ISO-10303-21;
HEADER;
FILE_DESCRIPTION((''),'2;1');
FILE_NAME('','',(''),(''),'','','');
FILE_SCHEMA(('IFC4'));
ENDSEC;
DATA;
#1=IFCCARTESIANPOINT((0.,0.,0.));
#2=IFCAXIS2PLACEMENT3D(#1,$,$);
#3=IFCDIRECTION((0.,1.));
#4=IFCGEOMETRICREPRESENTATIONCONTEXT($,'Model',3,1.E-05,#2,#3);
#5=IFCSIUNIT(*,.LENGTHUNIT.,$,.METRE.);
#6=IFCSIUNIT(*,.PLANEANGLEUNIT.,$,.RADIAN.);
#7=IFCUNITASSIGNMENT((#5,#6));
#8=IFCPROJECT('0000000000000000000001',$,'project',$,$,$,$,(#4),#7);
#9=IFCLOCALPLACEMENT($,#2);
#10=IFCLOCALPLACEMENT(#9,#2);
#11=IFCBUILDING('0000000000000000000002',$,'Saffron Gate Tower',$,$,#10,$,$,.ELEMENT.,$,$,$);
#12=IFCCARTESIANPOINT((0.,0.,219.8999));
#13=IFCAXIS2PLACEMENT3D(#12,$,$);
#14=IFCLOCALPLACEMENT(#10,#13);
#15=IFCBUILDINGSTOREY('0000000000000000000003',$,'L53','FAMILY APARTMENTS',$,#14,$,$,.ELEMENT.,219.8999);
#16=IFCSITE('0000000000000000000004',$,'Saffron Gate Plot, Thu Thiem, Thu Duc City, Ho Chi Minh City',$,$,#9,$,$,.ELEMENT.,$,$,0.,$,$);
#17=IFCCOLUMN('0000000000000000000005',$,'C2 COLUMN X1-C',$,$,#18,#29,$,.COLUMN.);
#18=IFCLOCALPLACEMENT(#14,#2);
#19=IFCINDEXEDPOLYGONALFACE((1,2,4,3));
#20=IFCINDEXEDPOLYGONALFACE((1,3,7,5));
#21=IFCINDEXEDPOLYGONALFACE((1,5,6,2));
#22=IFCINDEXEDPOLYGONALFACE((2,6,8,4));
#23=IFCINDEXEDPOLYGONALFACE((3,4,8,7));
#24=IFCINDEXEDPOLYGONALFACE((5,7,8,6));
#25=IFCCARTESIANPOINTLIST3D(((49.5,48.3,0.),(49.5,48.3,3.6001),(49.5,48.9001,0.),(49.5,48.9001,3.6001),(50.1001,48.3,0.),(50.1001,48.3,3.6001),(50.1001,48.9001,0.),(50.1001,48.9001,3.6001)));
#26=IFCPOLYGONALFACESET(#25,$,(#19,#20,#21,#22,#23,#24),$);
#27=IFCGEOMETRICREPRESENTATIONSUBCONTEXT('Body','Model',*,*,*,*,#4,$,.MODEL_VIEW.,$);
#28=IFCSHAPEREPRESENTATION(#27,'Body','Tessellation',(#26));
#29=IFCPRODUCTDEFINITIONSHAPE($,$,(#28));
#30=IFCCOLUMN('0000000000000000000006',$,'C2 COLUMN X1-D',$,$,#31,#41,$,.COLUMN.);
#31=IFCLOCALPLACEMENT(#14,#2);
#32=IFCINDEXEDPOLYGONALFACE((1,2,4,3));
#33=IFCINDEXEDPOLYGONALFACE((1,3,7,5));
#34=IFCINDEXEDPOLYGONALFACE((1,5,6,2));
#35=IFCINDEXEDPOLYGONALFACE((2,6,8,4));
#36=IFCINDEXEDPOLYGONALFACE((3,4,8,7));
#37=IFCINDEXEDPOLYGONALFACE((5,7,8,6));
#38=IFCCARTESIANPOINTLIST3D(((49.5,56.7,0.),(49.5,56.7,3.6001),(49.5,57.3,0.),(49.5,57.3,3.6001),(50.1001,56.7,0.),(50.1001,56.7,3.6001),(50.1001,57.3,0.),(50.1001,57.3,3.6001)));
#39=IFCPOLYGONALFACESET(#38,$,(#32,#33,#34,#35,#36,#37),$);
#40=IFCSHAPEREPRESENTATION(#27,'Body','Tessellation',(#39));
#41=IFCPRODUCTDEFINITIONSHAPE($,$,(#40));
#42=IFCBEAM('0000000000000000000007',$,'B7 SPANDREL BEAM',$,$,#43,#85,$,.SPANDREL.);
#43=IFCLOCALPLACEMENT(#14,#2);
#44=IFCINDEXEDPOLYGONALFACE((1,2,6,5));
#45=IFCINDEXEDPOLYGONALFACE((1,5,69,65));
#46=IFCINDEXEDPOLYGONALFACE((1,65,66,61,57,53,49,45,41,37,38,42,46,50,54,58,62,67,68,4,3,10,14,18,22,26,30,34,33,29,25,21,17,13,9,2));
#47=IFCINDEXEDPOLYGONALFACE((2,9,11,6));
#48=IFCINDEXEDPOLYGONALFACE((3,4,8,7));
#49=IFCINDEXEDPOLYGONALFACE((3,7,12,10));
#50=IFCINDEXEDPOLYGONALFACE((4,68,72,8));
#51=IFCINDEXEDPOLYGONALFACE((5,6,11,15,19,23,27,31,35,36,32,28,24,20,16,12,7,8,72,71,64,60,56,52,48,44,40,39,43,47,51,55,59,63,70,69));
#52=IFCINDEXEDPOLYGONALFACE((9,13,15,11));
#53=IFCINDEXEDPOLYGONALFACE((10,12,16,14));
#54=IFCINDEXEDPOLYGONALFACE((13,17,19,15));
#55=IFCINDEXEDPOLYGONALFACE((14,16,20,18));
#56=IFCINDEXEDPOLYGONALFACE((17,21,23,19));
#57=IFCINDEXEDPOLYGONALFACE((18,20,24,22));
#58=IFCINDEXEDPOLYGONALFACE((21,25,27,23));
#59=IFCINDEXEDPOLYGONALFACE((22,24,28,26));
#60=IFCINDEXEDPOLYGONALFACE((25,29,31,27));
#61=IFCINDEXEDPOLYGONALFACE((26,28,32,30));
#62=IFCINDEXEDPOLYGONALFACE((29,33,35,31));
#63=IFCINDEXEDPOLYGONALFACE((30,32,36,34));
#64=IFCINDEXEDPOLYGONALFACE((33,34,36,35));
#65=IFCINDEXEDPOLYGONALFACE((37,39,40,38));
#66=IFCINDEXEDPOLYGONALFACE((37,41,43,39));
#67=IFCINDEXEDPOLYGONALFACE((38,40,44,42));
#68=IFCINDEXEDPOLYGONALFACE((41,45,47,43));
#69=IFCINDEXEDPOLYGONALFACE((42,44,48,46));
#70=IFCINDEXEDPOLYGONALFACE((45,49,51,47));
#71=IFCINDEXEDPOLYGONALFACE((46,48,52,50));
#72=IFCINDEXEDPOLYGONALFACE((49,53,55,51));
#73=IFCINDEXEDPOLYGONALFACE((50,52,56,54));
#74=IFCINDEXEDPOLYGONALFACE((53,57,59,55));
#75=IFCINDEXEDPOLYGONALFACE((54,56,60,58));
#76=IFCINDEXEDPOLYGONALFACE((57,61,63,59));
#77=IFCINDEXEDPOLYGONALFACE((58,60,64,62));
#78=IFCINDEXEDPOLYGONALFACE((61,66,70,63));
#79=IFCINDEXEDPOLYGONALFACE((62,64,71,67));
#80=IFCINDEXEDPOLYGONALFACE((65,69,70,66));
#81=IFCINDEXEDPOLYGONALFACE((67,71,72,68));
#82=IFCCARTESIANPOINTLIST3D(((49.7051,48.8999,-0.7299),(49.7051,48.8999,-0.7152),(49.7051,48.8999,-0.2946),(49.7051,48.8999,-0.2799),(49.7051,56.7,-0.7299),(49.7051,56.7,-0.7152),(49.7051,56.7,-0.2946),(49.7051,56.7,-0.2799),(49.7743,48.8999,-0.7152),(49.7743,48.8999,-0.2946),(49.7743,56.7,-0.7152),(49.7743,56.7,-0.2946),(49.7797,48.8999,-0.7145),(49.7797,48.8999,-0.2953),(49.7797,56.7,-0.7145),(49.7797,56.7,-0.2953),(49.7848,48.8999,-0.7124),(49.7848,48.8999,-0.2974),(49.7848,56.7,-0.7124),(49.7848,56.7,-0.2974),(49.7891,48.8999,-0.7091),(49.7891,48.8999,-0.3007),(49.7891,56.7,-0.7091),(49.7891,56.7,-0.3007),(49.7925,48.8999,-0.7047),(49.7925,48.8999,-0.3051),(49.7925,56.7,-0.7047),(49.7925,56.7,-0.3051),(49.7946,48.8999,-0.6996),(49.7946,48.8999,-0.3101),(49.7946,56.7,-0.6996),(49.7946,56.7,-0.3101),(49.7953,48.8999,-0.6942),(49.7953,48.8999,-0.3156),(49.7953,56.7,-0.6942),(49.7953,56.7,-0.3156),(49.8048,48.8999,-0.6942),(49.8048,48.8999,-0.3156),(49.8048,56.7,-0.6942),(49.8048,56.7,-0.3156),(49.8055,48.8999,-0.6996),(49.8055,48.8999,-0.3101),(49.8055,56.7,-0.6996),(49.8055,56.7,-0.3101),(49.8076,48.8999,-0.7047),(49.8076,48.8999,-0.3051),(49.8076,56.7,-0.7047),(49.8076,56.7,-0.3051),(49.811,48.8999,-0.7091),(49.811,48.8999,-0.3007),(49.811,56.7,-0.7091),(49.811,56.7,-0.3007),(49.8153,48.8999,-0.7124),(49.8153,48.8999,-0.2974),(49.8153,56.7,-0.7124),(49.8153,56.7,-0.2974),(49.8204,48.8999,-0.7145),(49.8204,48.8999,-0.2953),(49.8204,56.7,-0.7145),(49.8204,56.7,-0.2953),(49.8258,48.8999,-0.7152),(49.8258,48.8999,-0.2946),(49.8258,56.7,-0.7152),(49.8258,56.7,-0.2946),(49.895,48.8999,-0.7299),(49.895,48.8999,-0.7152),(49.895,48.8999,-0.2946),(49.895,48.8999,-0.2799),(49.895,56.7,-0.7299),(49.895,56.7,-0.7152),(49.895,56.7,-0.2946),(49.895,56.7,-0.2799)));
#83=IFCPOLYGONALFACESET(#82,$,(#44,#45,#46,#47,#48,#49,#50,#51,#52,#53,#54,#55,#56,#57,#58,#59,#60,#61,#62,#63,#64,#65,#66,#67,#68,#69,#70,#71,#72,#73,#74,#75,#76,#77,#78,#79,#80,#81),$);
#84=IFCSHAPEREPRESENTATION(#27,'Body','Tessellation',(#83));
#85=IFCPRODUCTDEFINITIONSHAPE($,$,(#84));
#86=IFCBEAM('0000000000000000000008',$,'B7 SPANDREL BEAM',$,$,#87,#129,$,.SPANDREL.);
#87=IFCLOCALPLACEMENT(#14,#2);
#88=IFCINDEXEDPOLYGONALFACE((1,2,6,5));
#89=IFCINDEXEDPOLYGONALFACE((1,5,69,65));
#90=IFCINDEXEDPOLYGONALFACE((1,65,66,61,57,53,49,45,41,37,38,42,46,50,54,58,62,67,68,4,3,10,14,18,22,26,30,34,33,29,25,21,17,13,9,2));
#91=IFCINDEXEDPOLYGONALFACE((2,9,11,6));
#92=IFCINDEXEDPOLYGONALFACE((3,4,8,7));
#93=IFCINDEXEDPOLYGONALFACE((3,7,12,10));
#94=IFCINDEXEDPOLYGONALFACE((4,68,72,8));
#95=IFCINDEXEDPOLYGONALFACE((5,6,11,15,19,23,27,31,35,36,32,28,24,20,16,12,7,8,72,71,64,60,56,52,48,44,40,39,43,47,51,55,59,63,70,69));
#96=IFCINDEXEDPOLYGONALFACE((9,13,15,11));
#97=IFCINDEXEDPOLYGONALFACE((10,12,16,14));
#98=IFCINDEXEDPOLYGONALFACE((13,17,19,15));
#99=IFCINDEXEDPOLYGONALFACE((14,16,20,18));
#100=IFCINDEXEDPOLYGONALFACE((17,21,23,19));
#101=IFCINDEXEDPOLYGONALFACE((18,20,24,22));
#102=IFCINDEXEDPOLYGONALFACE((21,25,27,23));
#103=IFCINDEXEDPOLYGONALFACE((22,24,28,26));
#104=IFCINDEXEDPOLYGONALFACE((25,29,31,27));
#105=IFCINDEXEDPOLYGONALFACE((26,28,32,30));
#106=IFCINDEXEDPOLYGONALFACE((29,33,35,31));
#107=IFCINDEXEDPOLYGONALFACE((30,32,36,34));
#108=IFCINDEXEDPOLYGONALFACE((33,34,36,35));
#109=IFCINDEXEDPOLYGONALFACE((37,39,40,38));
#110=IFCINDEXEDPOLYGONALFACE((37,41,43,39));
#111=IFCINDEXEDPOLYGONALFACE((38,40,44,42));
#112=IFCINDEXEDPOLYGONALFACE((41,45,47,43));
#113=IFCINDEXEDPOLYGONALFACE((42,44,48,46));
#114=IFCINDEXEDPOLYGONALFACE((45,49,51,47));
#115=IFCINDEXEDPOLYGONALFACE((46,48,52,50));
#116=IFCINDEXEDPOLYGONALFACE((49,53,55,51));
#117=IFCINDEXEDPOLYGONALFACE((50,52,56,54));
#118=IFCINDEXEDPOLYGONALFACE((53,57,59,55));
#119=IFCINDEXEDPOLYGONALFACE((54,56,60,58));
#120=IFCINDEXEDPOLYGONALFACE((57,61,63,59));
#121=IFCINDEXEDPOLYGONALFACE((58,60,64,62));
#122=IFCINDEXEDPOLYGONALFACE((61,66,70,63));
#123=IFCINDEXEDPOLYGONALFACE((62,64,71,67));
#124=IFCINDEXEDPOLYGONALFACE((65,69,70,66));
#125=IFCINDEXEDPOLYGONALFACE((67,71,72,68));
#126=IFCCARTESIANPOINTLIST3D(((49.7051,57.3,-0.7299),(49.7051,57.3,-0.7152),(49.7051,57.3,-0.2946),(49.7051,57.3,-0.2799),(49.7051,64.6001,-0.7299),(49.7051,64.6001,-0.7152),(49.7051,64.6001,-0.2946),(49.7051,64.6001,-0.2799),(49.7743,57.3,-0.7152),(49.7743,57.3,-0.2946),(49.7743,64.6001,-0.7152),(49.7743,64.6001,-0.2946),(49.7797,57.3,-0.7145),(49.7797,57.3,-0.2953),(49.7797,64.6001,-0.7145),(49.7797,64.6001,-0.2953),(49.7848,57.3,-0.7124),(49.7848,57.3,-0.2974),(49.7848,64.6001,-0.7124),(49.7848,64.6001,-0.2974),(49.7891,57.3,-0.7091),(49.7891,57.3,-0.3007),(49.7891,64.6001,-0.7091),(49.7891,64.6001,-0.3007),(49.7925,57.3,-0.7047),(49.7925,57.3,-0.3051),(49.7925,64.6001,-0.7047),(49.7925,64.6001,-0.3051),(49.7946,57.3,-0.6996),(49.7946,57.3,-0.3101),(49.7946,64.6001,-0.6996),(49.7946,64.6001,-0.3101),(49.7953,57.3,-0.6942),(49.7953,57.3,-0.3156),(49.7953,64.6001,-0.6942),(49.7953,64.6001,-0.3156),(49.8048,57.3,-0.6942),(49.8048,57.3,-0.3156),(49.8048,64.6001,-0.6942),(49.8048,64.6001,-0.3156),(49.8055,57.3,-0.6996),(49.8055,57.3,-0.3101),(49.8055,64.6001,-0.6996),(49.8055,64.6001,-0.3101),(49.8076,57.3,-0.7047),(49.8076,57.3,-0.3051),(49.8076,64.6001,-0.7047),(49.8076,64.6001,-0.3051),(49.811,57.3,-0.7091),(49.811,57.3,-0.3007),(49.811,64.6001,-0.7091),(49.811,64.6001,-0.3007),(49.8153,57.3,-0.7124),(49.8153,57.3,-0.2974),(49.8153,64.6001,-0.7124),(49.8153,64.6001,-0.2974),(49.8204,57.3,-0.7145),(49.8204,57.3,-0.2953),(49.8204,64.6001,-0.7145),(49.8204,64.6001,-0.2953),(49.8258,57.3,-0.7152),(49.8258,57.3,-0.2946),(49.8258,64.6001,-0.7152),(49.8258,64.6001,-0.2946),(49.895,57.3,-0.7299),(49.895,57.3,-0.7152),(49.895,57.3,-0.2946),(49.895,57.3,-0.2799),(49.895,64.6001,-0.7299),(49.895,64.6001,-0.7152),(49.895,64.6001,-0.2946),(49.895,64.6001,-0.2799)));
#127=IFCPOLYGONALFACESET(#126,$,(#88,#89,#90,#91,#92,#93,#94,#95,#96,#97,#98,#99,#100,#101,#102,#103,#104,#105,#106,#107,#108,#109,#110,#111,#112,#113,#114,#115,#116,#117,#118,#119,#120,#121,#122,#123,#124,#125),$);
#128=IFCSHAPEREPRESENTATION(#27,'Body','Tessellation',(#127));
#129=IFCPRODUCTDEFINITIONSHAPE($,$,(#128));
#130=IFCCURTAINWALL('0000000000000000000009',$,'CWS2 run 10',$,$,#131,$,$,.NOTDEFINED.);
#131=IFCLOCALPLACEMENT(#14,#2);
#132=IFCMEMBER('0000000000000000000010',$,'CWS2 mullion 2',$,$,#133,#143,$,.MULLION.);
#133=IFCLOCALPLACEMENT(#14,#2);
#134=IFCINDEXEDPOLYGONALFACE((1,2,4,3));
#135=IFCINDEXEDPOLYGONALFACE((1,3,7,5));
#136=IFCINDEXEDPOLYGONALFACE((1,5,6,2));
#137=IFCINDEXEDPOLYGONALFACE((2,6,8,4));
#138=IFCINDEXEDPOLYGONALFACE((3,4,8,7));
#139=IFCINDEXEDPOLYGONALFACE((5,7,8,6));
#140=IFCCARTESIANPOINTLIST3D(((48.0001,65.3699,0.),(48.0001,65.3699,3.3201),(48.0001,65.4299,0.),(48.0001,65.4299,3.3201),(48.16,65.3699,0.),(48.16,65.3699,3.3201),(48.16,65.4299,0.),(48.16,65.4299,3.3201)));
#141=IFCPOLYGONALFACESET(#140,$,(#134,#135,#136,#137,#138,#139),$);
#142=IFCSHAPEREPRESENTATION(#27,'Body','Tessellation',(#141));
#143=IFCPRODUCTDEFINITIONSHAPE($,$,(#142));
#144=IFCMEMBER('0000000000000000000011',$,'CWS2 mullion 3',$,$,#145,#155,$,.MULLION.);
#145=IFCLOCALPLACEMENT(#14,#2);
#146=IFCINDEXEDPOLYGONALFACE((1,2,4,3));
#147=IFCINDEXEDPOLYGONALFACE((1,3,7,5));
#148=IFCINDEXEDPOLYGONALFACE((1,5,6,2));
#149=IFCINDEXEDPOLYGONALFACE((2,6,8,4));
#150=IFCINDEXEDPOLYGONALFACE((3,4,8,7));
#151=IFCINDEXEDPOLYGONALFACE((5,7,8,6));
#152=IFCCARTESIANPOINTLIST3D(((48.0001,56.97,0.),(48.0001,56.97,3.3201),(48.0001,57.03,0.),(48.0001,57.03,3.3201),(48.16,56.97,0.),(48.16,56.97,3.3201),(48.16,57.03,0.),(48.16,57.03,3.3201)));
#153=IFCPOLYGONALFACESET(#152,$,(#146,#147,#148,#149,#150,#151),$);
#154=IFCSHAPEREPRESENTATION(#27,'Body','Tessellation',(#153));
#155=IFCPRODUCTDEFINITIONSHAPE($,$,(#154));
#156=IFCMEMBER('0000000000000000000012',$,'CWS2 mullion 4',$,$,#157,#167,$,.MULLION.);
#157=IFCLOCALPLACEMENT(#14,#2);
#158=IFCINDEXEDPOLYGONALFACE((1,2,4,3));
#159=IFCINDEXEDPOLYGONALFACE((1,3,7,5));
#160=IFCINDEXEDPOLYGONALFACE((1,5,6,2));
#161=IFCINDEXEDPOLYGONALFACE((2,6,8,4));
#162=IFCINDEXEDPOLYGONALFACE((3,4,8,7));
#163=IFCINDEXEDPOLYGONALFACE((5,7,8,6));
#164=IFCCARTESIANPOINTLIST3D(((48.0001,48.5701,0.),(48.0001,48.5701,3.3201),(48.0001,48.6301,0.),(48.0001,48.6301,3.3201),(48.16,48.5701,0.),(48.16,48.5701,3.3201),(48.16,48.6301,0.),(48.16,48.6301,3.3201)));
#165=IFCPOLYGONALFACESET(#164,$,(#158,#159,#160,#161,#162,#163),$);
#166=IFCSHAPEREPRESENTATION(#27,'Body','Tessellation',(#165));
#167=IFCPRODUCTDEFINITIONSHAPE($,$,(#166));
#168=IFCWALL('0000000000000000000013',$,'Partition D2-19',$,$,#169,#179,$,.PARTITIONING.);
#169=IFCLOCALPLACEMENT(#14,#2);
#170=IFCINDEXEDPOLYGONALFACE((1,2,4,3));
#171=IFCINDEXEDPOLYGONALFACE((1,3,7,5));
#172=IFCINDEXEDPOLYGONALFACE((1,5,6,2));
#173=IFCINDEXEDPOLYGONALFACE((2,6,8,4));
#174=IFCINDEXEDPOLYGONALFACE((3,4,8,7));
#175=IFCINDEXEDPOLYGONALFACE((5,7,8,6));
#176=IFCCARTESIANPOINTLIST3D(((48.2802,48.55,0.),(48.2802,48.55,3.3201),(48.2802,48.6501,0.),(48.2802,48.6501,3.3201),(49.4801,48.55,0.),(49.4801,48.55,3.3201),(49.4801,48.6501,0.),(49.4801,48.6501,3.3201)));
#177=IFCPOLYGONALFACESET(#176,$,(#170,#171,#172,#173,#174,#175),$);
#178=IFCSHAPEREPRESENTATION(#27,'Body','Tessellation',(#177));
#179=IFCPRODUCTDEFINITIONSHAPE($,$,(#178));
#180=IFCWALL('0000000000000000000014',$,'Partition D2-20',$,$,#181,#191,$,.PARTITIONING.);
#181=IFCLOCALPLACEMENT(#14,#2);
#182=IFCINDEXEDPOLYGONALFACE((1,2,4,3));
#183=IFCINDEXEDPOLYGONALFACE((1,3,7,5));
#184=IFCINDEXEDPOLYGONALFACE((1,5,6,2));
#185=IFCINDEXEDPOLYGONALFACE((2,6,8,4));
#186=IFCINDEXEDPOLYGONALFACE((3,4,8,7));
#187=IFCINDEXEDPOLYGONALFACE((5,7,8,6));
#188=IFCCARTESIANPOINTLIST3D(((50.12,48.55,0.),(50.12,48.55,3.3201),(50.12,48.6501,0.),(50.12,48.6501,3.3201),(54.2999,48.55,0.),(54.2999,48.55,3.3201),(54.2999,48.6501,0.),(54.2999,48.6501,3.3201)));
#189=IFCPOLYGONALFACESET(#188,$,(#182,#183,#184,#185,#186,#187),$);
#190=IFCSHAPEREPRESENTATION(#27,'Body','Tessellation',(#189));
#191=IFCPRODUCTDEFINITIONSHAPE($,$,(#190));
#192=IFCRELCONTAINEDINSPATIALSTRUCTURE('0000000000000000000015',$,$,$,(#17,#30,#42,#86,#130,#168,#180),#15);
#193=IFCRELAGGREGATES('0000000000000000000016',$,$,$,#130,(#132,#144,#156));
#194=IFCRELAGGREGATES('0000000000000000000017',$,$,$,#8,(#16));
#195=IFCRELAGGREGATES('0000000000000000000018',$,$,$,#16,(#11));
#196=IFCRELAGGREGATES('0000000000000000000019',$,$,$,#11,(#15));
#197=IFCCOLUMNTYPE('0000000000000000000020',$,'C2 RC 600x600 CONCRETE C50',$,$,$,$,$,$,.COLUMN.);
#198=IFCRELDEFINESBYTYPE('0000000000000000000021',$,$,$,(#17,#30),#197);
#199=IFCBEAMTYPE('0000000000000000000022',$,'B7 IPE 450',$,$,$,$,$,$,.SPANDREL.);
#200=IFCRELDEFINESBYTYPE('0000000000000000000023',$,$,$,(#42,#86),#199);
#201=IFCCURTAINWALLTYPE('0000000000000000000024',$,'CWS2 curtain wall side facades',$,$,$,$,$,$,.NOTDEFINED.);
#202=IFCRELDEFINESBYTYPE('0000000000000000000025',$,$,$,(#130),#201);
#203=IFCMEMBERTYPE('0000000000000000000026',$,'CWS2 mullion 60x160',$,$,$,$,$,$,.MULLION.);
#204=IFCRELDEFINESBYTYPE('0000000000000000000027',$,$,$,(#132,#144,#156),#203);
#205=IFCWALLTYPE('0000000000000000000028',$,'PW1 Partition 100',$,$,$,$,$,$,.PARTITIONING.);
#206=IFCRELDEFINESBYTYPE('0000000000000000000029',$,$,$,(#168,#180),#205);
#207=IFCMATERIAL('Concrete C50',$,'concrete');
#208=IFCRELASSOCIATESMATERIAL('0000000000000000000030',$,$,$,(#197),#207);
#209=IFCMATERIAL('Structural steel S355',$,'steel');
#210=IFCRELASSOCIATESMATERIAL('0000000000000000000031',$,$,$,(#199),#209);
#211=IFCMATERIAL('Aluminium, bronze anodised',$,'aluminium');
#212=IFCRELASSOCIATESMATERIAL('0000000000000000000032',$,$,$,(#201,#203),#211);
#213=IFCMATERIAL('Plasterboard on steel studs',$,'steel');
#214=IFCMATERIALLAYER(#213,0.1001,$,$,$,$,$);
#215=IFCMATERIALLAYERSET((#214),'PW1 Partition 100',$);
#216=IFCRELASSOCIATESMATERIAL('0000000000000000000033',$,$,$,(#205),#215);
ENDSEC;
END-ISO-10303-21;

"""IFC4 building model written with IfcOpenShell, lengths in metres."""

from ifc_helpers import new_model, si_unit, direction, frame, frame_2d, origin, origin_2d, place, context, subcontext, project, spatial, rectangle, i_section, extrude, material, layer, layer_set, material_profile, profile_set, type_object, element, aggregate, save


model = new_model("IFC4")

# Units and contexts
model_context = context("Model", 3, precision=1e-05, world=origin(), true_north=direction((0.0, 1.0)))
body_context = subcontext(model_context, "Body", "Model", "MODEL_VIEW")
ifc_project = project(units=[si_unit("LENGTHUNIT", "METRE"), si_unit("PLANEANGLEUNIT", "RADIAN")], contexts=[model_context])

# Site, building, storey
site_placement = place(None, origin())
site = spatial("IfcSite", under=ifc_project, at=site_placement, Name="Saffron Gate Plot, Thu Thiem, Thu Duc City, Ho Chi Minh City", CompositionType="ELEMENT", RefElevation=0.0)
building_placement = place(site_placement, origin())
building = spatial("IfcBuilding", under=site, at=building_placement, Name="Saffron Gate Tower", CompositionType="ELEMENT")
storey_placement = place(building_placement, frame((0.0, 0.0, 219.8999)))
storey = spatial("IfcBuildingStorey", under=building, at=storey_placement, Name="L53", Description="FAMILY APARTMENTS", CompositionType="ELEMENT", Elevation=219.8999)

# Columns
ifc_material_1 = material(Name="Concrete C50", Category="concrete")
ifc_material_profile_1 = material_profile(ifc_material_1, rectangle(XDim=0.6001, YDim=0.6001, at=origin_2d()))
ifc_profile_set_1 = profile_set([ifc_material_profile_1], Name="Concrete C50")
column_type = type_object("IfcColumnType", Name="C2 RC 600x600 CONCRETE C50", PredefinedType="COLUMN", material=ifc_profile_set_1)
for number, where, z_axis, x_axis, name in (
    (1, (49.8, 48.6001, 0.0), (0.0, 0.0, 1.0), (1.0, 0.0, 0.0), "C2 COLUMN X1-C"),
    (2, (49.8, 57.0, 0.0), (0.0, 0.0, 1.0), (1.0, 0.0, 0.0), "C2 COLUMN X1-D"),
):
    element("IfcColumn", number, at=place(storey_placement, frame(where, z_axis=z_axis, x_axis=x_axis)), inside=storey, type_object=column_type, Name=name, PredefinedType="COLUMN", context=body_context, shape_type="SweptSolid", body=[
        extrude(rectangle(XDim=0.6001, YDim=0.6001, at=origin_2d()), origin(), (0.0, 0.0, 1.0), 3.6001),
    ])

# Beams
ifc_material_2 = material(Name="Structural steel S355", Category="steel")
ifc_material_profile_2 = material_profile(ifc_material_2, i_section(OverallWidth=0.1899, OverallDepth=0.45, WebThickness=0.0095, FlangeThickness=0.0146, FilletRadius=0.021, at=origin_2d()))
ifc_profile_set_2 = profile_set([ifc_material_profile_2], Name="Structural steel S355")
beam_type = type_object("IfcBeamType", Name="B7 IPE 450", PredefinedType="SPANDREL", material=ifc_profile_set_2)
beam_1_placement = place(storey_placement, frame((49.8, 48.8999, -0.5049), z_axis=(0.0, 1.0, 0.0), x_axis=(-1.0, 0.0, 0.0)))
element("IfcBeam", 3, at=beam_1_placement, inside=storey, type_object=beam_type, Name="B7 SPANDREL BEAM", PredefinedType="SPANDREL", context=body_context, shape_type="SweptSolid", body=[
    extrude(i_section(OverallWidth=0.1899, OverallDepth=0.45, WebThickness=0.0095, FlangeThickness=0.0146, FilletRadius=0.021, at=origin_2d()), origin(), (0.0, 0.0, 1.0), 7.8),
])
beam_2_placement = place(storey_placement, frame((49.8, 57.3, -0.5049), z_axis=(0.0, 1.0, 0.0), x_axis=(-1.0, 0.0, 0.0)))
element("IfcBeam", 4, at=beam_2_placement, inside=storey, type_object=beam_type, Name="B7 SPANDREL BEAM", PredefinedType="SPANDREL", context=body_context, shape_type="SweptSolid", body=[
    extrude(i_section(OverallWidth=0.1899, OverallDepth=0.45, WebThickness=0.0095, FlangeThickness=0.0146, FilletRadius=0.021, at=origin_2d()), origin(), (0.0, 0.0, 1.0), 7.3),
])

# Curtain wall, members
ifc_material_3 = material(Name="Aluminium, bronze anodised", Category="aluminium")
curtain_wall_type = type_object("IfcCurtainWallType", Name="CWS2 curtain wall side facades", PredefinedType="NOTDEFINED", material=ifc_material_3)
curtain_wall_placement = place(storey_placement, origin())
curtain_wall = element("IfcCurtainWall", 5, at=curtain_wall_placement, inside=storey, type_object=curtain_wall_type, Name="CWS2 run 10", PredefinedType="NOTDEFINED")
ifc_material_profile_3 = material_profile(ifc_material_3, rectangle(XDim=0.1599, YDim=0.0601, at=origin_2d()))
ifc_profile_set_3 = profile_set([ifc_material_profile_3], Name="Aluminium, bronze anodised")
member_type = type_object("IfcMemberType", Name="CWS2 mullion 60x160", PredefinedType="MULLION", material=ifc_profile_set_3)
member_1_placement = place(storey_placement, frame((48.0801, 65.3999, 0.0), z_axis=(0.0, 0.0, 1.0), x_axis=(1.0, 0.0, 0.0)))
member_1 = element("IfcMember", 6, at=member_1_placement, type_object=member_type, Name="CWS2 mullion 2", PredefinedType="MULLION", context=body_context, shape_type="SweptSolid", body=[
    extrude(rectangle(XDim=0.1599, YDim=0.0601, at=origin_2d()), origin(), (0.0, 0.0, 1.0), 3.3201),
])
member_2_placement = place(storey_placement, frame((48.0801, 57.0, 0.0), z_axis=(0.0, 0.0, 1.0), x_axis=(1.0, 0.0, 0.0)))
member_2 = element("IfcMember", 7, at=member_2_placement, type_object=member_type, Name="CWS2 mullion 3", PredefinedType="MULLION", context=body_context, shape_type="SweptSolid", body=[
    extrude(rectangle(XDim=0.1599, YDim=0.0601, at=origin_2d()), origin(), (0.0, 0.0, 1.0), 3.3201),
])
member_3_placement = place(storey_placement, frame((48.0801, 48.6001, 0.0), z_axis=(0.0, 0.0, 1.0), x_axis=(1.0, 0.0, 0.0)))
member_3 = element("IfcMember", 8, at=member_3_placement, type_object=member_type, Name="CWS2 mullion 4", PredefinedType="MULLION", context=body_context, shape_type="SweptSolid", body=[
    extrude(rectangle(XDim=0.1599, YDim=0.0601, at=origin_2d()), origin(), (0.0, 0.0, 1.0), 3.3201),
])
aggregate(curtain_wall, [member_1, member_2, member_3])

# Walls
ifc_material_4 = material(Name="Plasterboard on steel studs", Category="steel")
ifc_layer_1 = layer(ifc_material_4, 0.1001)
ifc_layer_set_1 = layer_set([ifc_layer_1], Name="PW1 Partition 100")
wall_type_1 = type_object("IfcWallType", Name="PW1 Partition 100", PredefinedType="PARTITIONING", material=ifc_layer_set_1)
wall_1_placement = place(storey_placement, frame((48.28, 48.6001, 0.0), z_axis=(0.0, 0.0, 1.0), x_axis=(1.0, 0.0, 0.0)))
element("IfcWall", 9, at=wall_1_placement, inside=storey, type_object=wall_type_1, Name="Partition D2-19", PredefinedType="PARTITIONING", context=body_context, shape_type="SweptSolid", body=[
    extrude(rectangle(XDim=1.2, YDim=0.1001, at=frame_2d((0.6001, 0.0))), origin(), (0.0, 0.0, 1.0), 3.3201),
])
wall_2_placement = place(storey_placement, frame((50.1201, 48.6001, 0.0), z_axis=(0.0, 0.0, 1.0), x_axis=(1.0, 0.0, 0.0)))
element("IfcWall", 10, at=wall_2_placement, inside=storey, type_object=wall_type_1, Name="Partition D2-20", PredefinedType="PARTITIONING", context=body_context, shape_type="SweptSolid", body=[
    extrude(rectangle(XDim=4.1799, YDim=0.1001, at=frame_2d((2.0898, 0.0))), origin(), (0.0, 0.0, 1.0), 3.3201),
])

save(model, "model.ifc")
